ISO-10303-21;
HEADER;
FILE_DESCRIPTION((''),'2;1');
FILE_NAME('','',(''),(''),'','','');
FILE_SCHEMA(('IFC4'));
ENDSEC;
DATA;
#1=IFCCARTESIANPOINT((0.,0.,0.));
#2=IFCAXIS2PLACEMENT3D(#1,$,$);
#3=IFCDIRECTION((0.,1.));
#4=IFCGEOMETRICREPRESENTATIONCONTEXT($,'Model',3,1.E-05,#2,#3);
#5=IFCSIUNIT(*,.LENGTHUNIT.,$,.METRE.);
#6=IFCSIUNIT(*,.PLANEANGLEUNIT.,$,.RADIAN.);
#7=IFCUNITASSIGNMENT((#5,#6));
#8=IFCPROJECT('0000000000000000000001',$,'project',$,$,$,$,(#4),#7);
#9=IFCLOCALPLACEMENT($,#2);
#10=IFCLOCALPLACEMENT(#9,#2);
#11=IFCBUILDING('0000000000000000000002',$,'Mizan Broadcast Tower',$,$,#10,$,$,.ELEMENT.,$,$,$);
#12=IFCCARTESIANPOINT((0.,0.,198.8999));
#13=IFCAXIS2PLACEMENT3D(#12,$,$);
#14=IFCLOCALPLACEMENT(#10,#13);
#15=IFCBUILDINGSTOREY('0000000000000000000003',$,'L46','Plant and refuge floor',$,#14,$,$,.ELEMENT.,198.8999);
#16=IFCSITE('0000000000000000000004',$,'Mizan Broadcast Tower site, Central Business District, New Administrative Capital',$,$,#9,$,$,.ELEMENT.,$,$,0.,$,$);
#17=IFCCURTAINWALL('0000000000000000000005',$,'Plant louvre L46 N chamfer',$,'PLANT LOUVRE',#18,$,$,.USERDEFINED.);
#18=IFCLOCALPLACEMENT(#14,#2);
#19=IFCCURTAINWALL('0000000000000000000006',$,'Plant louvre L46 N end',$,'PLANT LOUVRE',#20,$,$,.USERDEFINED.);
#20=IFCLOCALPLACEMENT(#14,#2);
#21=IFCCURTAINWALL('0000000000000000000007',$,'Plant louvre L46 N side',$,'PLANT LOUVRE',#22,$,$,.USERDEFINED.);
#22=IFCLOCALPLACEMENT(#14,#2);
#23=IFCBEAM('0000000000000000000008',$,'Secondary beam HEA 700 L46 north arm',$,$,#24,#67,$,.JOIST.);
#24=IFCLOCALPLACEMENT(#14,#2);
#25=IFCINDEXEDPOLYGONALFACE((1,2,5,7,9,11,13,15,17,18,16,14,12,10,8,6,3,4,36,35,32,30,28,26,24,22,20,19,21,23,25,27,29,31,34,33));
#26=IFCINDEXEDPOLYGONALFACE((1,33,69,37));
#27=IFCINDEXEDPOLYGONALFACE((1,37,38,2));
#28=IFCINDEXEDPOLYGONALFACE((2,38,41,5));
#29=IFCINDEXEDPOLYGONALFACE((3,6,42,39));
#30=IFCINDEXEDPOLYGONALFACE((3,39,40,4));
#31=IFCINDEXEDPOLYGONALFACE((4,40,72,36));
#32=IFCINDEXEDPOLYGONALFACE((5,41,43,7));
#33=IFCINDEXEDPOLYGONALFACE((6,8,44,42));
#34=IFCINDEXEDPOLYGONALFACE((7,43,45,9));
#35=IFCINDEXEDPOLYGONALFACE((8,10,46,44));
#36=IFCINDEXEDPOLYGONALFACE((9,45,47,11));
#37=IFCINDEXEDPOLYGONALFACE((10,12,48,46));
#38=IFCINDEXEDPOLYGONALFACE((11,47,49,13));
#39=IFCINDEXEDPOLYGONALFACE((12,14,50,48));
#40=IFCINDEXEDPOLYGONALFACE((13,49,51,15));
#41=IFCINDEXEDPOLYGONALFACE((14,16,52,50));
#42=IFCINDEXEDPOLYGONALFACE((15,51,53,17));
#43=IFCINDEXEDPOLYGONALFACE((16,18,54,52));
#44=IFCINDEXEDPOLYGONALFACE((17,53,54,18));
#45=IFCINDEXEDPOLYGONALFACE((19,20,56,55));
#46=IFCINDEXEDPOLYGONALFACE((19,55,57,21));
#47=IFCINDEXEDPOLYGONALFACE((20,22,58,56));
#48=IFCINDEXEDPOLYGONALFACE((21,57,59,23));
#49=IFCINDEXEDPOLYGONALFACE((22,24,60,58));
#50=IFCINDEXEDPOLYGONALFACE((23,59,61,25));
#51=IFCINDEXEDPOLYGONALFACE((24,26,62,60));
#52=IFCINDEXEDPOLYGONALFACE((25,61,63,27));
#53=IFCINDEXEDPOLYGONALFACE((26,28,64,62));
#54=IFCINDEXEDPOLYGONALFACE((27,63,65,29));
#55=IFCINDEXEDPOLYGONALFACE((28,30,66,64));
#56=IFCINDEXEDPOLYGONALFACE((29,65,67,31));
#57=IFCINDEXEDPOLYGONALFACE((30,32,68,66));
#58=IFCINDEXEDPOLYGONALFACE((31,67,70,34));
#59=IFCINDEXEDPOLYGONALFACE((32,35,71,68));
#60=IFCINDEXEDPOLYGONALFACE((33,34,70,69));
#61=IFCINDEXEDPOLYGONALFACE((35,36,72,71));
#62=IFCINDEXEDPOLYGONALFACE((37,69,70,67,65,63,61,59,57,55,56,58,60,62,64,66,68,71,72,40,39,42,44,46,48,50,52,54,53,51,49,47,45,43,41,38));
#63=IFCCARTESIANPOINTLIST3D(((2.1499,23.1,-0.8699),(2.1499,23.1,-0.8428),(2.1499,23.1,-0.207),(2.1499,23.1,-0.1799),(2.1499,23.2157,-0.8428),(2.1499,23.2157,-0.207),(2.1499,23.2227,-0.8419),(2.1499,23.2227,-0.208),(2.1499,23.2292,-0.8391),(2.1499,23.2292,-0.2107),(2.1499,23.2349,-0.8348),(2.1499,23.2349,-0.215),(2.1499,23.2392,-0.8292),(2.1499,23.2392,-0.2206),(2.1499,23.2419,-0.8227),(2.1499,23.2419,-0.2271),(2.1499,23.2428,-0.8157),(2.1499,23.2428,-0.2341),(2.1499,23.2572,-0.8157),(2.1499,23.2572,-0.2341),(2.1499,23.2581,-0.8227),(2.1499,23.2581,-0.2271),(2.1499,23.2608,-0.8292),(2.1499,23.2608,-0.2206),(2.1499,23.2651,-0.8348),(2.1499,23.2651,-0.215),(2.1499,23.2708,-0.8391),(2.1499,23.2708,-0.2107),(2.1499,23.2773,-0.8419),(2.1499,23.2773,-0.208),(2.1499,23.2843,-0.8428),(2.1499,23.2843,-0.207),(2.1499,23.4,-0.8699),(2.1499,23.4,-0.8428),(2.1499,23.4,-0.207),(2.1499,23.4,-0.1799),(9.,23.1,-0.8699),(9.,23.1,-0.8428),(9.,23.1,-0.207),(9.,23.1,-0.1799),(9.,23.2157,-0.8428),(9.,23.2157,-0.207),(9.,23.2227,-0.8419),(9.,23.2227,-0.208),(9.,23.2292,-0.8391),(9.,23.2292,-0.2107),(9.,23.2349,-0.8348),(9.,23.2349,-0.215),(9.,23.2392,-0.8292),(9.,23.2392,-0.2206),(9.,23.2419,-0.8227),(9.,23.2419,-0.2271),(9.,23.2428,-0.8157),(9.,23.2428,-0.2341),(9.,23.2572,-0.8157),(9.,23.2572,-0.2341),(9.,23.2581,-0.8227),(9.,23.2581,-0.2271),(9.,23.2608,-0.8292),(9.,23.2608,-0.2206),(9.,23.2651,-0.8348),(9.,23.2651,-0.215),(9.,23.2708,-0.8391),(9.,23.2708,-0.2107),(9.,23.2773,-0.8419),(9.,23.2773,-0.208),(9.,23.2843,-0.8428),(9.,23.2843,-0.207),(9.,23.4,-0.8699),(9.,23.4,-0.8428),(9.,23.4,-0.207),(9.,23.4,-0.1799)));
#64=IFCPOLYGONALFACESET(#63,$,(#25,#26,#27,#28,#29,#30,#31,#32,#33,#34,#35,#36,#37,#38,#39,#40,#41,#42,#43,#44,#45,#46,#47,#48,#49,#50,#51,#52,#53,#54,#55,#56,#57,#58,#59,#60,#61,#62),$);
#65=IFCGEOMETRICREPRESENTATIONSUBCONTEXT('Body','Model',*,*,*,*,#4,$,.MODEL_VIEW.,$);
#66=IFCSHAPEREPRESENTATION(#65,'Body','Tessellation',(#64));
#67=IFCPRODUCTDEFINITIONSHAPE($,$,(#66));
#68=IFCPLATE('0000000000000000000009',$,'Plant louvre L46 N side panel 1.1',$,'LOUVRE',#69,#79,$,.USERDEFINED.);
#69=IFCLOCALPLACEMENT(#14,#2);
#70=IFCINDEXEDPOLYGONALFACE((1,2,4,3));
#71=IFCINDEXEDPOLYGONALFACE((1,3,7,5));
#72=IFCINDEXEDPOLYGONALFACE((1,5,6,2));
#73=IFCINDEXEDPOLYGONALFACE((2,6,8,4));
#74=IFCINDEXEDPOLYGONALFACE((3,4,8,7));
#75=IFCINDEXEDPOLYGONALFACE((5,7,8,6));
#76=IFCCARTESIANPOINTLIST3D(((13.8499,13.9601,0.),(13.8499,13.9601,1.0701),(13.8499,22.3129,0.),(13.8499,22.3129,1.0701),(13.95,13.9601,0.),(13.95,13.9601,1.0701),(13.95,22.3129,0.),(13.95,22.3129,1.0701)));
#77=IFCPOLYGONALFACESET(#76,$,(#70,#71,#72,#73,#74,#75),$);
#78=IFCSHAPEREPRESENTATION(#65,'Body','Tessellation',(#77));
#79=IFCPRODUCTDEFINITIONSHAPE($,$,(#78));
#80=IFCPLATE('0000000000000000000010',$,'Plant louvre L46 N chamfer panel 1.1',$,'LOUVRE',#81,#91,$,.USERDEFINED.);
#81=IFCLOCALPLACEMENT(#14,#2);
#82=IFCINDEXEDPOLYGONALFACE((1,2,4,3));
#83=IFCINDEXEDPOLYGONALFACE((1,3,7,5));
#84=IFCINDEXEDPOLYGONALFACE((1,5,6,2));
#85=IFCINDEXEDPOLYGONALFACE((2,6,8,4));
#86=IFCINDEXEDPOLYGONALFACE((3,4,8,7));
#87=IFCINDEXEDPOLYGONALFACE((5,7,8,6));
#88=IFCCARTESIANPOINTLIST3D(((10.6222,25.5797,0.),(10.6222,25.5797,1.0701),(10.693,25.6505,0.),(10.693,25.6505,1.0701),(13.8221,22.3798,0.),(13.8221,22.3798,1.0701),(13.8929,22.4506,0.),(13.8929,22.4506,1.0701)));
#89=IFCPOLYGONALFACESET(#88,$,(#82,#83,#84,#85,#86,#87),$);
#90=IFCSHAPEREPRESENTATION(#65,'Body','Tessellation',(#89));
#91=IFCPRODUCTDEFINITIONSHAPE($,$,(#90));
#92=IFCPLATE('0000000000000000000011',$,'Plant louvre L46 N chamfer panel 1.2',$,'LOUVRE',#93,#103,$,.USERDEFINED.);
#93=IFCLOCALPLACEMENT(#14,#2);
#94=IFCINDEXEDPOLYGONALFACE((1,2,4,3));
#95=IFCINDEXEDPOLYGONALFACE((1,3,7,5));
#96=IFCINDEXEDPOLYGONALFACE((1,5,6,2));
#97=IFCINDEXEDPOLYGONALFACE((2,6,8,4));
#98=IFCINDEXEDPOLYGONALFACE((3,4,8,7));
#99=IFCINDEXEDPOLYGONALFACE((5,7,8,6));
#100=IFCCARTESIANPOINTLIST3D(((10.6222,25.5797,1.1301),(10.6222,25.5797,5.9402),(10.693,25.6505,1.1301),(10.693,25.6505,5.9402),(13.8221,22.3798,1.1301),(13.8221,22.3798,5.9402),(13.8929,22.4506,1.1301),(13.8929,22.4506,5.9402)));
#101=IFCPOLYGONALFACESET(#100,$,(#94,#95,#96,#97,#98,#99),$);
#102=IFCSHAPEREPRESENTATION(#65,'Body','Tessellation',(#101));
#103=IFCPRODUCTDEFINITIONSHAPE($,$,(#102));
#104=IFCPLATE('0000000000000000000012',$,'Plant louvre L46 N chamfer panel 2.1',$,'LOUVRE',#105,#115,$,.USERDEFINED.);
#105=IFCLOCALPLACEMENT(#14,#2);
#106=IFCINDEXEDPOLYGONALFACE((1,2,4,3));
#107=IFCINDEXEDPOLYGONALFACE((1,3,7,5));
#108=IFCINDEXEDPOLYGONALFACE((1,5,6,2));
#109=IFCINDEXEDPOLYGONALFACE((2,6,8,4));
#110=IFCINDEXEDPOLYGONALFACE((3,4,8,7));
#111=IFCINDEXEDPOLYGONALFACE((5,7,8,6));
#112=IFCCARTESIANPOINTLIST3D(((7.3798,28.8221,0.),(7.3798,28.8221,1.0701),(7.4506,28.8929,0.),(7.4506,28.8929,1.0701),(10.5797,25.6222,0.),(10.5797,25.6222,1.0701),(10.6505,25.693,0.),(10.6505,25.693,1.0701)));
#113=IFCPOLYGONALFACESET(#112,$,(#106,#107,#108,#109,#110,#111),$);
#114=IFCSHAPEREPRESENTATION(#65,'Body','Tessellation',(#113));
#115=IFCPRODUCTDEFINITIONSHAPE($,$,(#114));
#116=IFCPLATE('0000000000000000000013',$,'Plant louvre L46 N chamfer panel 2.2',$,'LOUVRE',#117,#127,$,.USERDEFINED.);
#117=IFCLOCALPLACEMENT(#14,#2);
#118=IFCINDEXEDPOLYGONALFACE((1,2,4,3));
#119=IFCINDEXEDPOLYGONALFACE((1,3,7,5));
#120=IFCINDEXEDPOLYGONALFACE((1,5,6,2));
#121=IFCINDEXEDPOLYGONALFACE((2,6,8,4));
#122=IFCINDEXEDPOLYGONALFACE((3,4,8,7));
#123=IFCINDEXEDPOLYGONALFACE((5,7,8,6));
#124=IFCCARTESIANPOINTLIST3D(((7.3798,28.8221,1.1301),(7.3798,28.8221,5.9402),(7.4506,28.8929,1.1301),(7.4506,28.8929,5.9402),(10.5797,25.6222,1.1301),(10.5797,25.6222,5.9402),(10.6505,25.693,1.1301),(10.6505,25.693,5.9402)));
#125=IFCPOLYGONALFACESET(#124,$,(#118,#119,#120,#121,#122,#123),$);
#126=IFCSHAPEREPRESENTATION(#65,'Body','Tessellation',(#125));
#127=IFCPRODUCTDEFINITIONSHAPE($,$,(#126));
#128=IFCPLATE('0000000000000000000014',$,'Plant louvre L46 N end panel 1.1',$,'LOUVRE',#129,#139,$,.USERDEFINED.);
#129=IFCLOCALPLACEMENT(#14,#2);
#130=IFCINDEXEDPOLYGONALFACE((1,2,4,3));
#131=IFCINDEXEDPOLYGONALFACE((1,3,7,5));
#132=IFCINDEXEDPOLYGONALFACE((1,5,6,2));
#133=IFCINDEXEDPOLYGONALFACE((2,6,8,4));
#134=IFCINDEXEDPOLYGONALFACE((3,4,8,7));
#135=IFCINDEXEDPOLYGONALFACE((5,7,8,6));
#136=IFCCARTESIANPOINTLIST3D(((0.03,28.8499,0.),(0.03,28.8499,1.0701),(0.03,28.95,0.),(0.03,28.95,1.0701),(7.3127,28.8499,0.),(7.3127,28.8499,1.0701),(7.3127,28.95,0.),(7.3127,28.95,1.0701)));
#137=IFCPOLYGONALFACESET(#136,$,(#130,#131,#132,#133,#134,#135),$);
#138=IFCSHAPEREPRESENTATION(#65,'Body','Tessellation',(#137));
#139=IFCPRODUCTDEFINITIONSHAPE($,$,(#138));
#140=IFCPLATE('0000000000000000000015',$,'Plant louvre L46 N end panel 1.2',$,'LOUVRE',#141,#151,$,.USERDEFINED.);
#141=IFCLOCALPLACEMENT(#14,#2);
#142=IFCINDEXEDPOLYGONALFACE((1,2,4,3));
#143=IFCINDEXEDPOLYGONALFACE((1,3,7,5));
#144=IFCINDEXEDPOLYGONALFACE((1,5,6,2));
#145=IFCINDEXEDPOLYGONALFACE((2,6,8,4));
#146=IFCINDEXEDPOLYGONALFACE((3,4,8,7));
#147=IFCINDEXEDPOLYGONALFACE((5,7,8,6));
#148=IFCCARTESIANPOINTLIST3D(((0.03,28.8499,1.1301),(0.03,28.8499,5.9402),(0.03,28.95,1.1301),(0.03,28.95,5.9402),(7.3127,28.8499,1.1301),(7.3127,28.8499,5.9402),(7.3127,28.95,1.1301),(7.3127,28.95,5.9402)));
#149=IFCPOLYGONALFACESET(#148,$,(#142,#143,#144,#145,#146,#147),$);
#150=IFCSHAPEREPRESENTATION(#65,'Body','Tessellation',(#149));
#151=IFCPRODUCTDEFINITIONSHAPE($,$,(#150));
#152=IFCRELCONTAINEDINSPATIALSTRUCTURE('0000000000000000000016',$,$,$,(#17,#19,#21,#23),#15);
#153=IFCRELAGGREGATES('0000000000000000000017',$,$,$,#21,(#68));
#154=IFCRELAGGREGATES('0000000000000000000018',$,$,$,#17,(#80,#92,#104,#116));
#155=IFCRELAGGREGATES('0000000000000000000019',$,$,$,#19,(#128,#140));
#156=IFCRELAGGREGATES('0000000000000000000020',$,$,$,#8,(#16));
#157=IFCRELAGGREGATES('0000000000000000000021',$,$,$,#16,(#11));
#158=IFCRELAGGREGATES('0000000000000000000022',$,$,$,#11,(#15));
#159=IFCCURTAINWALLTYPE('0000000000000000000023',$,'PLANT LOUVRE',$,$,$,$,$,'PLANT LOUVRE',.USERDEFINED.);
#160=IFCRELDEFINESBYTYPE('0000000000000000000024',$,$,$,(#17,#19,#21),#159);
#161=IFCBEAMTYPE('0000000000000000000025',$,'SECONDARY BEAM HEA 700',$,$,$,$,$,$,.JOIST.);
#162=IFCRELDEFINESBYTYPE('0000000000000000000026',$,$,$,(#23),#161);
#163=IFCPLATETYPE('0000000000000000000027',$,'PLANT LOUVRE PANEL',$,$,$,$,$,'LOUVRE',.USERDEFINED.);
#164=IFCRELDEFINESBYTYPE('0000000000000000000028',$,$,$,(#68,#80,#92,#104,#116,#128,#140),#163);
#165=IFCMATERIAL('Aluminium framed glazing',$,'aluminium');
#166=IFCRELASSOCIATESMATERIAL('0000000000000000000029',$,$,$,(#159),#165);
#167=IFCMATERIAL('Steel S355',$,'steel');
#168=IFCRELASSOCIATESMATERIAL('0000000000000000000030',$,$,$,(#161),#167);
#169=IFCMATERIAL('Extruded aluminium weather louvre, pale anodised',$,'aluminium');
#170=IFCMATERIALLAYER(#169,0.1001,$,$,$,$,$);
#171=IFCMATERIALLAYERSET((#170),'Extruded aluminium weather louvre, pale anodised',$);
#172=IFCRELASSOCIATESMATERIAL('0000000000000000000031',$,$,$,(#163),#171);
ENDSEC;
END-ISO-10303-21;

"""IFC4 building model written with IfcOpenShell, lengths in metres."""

from ifc_helpers import new_model, si_unit, direction, frame, origin, origin_2d, place, context, subcontext, project, spatial, rectangle, i_section, extrude, material, layer, layer_set, material_profile, profile_set, type_object, element, aggregate, save


model = new_model("IFC4")

# Units and contexts
model_context = context("Model", 3, precision=1e-05, world=origin(), true_north=direction((0.0, 1.0)))
body_context = subcontext(model_context, "Body", "Model", "MODEL_VIEW")
ifc_project = project(units=[si_unit("LENGTHUNIT", "METRE"), si_unit("PLANEANGLEUNIT", "RADIAN")], contexts=[model_context])

# Site, building, storey
site_placement = place(None, origin())
site = spatial("IfcSite", under=ifc_project, at=site_placement, Name="Mizan Broadcast Tower site, Central Business District, New Administrative Capital", CompositionType="ELEMENT", RefElevation=0.0)
building_placement = place(site_placement, origin())
building = spatial("IfcBuilding", under=site, at=building_placement, Name="Mizan Broadcast Tower", CompositionType="ELEMENT")
storey_placement = place(building_placement, frame((0.0, 0.0, 198.8999)))
storey = spatial("IfcBuildingStorey", under=building, at=storey_placement, Name="L46", Description="Plant and refuge floor", CompositionType="ELEMENT", Elevation=198.8999)

# Curtain wall
ifc_material_1 = material(Name="Aluminium framed glazing", Category="aluminium")
curtain_wall_type = type_object("IfcCurtainWallType", Name="PLANT LOUVRE", ElementType="PLANT LOUVRE", PredefinedType="USERDEFINED", material=ifc_material_1)
curtain_wall_1_placement = place(storey_placement, origin())
curtain_wall_1 = element("IfcCurtainWall", 1, at=curtain_wall_1_placement, inside=storey, type_object=curtain_wall_type, Name="Plant louvre L46 N chamfer", ObjectType="PLANT LOUVRE", PredefinedType="USERDEFINED")

# Curtain wall
curtain_wall_2_placement = place(storey_placement, origin())
curtain_wall_2 = element("IfcCurtainWall", 2, at=curtain_wall_2_placement, inside=storey, type_object=curtain_wall_type, Name="Plant louvre L46 N end", ObjectType="PLANT LOUVRE", PredefinedType="USERDEFINED")

# Curtain wall
curtain_wall_3_placement = place(storey_placement, origin())
curtain_wall_3 = element("IfcCurtainWall", 3, at=curtain_wall_3_placement, inside=storey, type_object=curtain_wall_type, Name="Plant louvre L46 N side", ObjectType="PLANT LOUVRE", PredefinedType="USERDEFINED")

# Beam
ifc_material_2 = material(Name="Steel S355", Category="steel")
ifc_material_profile_1 = material_profile(ifc_material_2, i_section(OverallWidth=0.3, OverallDepth=0.6899, WebThickness=0.0144, FlangeThickness=0.0271, FilletRadius=0.0271, at=origin_2d()), Name="HEA 700")
ifc_profile_set_1 = profile_set([ifc_material_profile_1], Name="Steel S355")
beam_type_1 = type_object("IfcBeamType", Name="SECONDARY BEAM HEA 700", PredefinedType="JOIST", material=ifc_profile_set_1)
beam_1_placement = place(storey_placement, frame((9.0, 23.25, -0.5249), z_axis=(-1.0, 0.0, 0.0), x_axis=(0.0, -1.0, 0.0)))
element("IfcBeam", 4, at=beam_1_placement, inside=storey, type_object=beam_type_1, Name="Secondary beam HEA 700 L46 north arm", PredefinedType="JOIST", context=body_context, shape_type="SweptSolid", body=[
    extrude(i_section(OverallWidth=0.3, OverallDepth=0.6899, WebThickness=0.0144, FlangeThickness=0.0271, FilletRadius=0.0271, at=origin_2d()), origin(), (0.0, 0.0, 1.0), 6.8501),
])

# Plates
ifc_material_3 = material(Name="Extruded aluminium weather louvre, pale anodised", Category="aluminium")
ifc_layer = layer(ifc_material_3, 0.1001)
ifc_layer_set = layer_set([ifc_layer], Name="Extruded aluminium weather louvre, pale anodised")
plate_type = type_object("IfcPlateType", Name="PLANT LOUVRE PANEL", ElementType="LOUVRE", PredefinedType="USERDEFINED", material=ifc_layer_set)
plate_1_placement = place(storey_placement, frame((13.8999, 18.1365, 0.0), z_axis=(0.0, 0.0, 1.0), x_axis=(0.0, 1.0, 0.0)))
plate_1 = element("IfcPlate", 5, at=plate_1_placement, type_object=plate_type, Name="Plant louvre L46 N side panel 1.1", ObjectType="LOUVRE", PredefinedType="USERDEFINED", context=body_context, shape_type="SweptSolid", body=[
    extrude(rectangle(XDim=8.3528, YDim=0.1001, at=origin_2d()), origin(), (0.0, 0.0, 1.0), 1.0701),
])
aggregate(curtain_wall_3, [plate_1])
plate_2_placement = place(storey_placement, frame((12.2576, 24.0151, 0.0), z_axis=(0.0, 0.0, 1.0), x_axis=(-0.707107, 0.707107, 0.0)))
plate_2 = element("IfcPlate", 6, at=plate_2_placement, type_object=plate_type, Name="Plant louvre L46 N chamfer panel 1.1", ObjectType="LOUVRE", PredefinedType="USERDEFINED", context=body_context, shape_type="SweptSolid", body=[
    extrude(rectangle(XDim=4.5254, YDim=0.1001, at=origin_2d()), origin(), (0.0, 0.0, 1.0), 1.0701),
])
plate_3_placement = place(storey_placement, frame((12.2576, 24.0151, 1.1301), z_axis=(0.0, 0.0, 1.0), x_axis=(-0.707107, 0.707107, 0.0)))
plate_3 = element("IfcPlate", 7, at=plate_3_placement, type_object=plate_type, Name="Plant louvre L46 N chamfer panel 1.2", ObjectType="LOUVRE", PredefinedType="USERDEFINED", context=body_context, shape_type="SweptSolid", body=[
    extrude(rectangle(XDim=4.5254, YDim=0.1001, at=origin_2d()), origin(), (0.0, 0.0, 1.0), 4.8101),
])
plate_4_placement = place(storey_placement, frame((9.0151, 27.2576, 0.0), z_axis=(0.0, 0.0, 1.0), x_axis=(-0.707107, 0.707107, 0.0)))
plate_4 = element("IfcPlate", 8, at=plate_4_placement, type_object=plate_type, Name="Plant louvre L46 N chamfer panel 2.1", ObjectType="LOUVRE", PredefinedType="USERDEFINED", context=body_context, shape_type="SweptSolid", body=[
    extrude(rectangle(XDim=4.5254, YDim=0.1001, at=origin_2d()), origin(), (0.0, 0.0, 1.0), 1.0701),
])
plate_5_placement = place(storey_placement, frame((9.0151, 27.2576, 1.1301), z_axis=(0.0, 0.0, 1.0), x_axis=(-0.707107, 0.707107, 0.0)))
plate_5 = element("IfcPlate", 9, at=plate_5_placement, type_object=plate_type, Name="Plant louvre L46 N chamfer panel 2.2", ObjectType="LOUVRE", PredefinedType="USERDEFINED", context=body_context, shape_type="SweptSolid", body=[
    extrude(rectangle(XDim=4.5254, YDim=0.1001, at=origin_2d()), origin(), (0.0, 0.0, 1.0), 4.8101),
])
aggregate(curtain_wall_1, [plate_2, plate_3, plate_4, plate_5])
plate_6_placement = place(storey_placement, frame((3.6714, 28.8999, 0.0), z_axis=(0.0, 0.0, 1.0), x_axis=(-1.0, 0.0, 0.0)))
plate_6 = element("IfcPlate", 10, at=plate_6_placement, type_object=plate_type, Name="Plant louvre L46 N end panel 1.1", ObjectType="LOUVRE", PredefinedType="USERDEFINED", context=body_context, shape_type="SweptSolid", body=[
    extrude(rectangle(XDim=7.2827, YDim=0.1001, at=origin_2d()), origin(), (0.0, 0.0, 1.0), 1.0701),
])
plate_7_placement = place(storey_placement, frame((3.6714, 28.8999, 1.1301), z_axis=(0.0, 0.0, 1.0), x_axis=(-1.0, 0.0, 0.0)))
plate_7 = element("IfcPlate", 11, at=plate_7_placement, type_object=plate_type, Name="Plant louvre L46 N end panel 1.2", ObjectType="LOUVRE", PredefinedType="USERDEFINED", context=body_context, shape_type="SweptSolid", body=[
    extrude(rectangle(XDim=7.2827, YDim=0.1001, at=origin_2d()), origin(), (0.0, 0.0, 1.0), 4.8101),
])
aggregate(curtain_wall_2, [plate_6, plate_7])

save(model, "model.ifc")
